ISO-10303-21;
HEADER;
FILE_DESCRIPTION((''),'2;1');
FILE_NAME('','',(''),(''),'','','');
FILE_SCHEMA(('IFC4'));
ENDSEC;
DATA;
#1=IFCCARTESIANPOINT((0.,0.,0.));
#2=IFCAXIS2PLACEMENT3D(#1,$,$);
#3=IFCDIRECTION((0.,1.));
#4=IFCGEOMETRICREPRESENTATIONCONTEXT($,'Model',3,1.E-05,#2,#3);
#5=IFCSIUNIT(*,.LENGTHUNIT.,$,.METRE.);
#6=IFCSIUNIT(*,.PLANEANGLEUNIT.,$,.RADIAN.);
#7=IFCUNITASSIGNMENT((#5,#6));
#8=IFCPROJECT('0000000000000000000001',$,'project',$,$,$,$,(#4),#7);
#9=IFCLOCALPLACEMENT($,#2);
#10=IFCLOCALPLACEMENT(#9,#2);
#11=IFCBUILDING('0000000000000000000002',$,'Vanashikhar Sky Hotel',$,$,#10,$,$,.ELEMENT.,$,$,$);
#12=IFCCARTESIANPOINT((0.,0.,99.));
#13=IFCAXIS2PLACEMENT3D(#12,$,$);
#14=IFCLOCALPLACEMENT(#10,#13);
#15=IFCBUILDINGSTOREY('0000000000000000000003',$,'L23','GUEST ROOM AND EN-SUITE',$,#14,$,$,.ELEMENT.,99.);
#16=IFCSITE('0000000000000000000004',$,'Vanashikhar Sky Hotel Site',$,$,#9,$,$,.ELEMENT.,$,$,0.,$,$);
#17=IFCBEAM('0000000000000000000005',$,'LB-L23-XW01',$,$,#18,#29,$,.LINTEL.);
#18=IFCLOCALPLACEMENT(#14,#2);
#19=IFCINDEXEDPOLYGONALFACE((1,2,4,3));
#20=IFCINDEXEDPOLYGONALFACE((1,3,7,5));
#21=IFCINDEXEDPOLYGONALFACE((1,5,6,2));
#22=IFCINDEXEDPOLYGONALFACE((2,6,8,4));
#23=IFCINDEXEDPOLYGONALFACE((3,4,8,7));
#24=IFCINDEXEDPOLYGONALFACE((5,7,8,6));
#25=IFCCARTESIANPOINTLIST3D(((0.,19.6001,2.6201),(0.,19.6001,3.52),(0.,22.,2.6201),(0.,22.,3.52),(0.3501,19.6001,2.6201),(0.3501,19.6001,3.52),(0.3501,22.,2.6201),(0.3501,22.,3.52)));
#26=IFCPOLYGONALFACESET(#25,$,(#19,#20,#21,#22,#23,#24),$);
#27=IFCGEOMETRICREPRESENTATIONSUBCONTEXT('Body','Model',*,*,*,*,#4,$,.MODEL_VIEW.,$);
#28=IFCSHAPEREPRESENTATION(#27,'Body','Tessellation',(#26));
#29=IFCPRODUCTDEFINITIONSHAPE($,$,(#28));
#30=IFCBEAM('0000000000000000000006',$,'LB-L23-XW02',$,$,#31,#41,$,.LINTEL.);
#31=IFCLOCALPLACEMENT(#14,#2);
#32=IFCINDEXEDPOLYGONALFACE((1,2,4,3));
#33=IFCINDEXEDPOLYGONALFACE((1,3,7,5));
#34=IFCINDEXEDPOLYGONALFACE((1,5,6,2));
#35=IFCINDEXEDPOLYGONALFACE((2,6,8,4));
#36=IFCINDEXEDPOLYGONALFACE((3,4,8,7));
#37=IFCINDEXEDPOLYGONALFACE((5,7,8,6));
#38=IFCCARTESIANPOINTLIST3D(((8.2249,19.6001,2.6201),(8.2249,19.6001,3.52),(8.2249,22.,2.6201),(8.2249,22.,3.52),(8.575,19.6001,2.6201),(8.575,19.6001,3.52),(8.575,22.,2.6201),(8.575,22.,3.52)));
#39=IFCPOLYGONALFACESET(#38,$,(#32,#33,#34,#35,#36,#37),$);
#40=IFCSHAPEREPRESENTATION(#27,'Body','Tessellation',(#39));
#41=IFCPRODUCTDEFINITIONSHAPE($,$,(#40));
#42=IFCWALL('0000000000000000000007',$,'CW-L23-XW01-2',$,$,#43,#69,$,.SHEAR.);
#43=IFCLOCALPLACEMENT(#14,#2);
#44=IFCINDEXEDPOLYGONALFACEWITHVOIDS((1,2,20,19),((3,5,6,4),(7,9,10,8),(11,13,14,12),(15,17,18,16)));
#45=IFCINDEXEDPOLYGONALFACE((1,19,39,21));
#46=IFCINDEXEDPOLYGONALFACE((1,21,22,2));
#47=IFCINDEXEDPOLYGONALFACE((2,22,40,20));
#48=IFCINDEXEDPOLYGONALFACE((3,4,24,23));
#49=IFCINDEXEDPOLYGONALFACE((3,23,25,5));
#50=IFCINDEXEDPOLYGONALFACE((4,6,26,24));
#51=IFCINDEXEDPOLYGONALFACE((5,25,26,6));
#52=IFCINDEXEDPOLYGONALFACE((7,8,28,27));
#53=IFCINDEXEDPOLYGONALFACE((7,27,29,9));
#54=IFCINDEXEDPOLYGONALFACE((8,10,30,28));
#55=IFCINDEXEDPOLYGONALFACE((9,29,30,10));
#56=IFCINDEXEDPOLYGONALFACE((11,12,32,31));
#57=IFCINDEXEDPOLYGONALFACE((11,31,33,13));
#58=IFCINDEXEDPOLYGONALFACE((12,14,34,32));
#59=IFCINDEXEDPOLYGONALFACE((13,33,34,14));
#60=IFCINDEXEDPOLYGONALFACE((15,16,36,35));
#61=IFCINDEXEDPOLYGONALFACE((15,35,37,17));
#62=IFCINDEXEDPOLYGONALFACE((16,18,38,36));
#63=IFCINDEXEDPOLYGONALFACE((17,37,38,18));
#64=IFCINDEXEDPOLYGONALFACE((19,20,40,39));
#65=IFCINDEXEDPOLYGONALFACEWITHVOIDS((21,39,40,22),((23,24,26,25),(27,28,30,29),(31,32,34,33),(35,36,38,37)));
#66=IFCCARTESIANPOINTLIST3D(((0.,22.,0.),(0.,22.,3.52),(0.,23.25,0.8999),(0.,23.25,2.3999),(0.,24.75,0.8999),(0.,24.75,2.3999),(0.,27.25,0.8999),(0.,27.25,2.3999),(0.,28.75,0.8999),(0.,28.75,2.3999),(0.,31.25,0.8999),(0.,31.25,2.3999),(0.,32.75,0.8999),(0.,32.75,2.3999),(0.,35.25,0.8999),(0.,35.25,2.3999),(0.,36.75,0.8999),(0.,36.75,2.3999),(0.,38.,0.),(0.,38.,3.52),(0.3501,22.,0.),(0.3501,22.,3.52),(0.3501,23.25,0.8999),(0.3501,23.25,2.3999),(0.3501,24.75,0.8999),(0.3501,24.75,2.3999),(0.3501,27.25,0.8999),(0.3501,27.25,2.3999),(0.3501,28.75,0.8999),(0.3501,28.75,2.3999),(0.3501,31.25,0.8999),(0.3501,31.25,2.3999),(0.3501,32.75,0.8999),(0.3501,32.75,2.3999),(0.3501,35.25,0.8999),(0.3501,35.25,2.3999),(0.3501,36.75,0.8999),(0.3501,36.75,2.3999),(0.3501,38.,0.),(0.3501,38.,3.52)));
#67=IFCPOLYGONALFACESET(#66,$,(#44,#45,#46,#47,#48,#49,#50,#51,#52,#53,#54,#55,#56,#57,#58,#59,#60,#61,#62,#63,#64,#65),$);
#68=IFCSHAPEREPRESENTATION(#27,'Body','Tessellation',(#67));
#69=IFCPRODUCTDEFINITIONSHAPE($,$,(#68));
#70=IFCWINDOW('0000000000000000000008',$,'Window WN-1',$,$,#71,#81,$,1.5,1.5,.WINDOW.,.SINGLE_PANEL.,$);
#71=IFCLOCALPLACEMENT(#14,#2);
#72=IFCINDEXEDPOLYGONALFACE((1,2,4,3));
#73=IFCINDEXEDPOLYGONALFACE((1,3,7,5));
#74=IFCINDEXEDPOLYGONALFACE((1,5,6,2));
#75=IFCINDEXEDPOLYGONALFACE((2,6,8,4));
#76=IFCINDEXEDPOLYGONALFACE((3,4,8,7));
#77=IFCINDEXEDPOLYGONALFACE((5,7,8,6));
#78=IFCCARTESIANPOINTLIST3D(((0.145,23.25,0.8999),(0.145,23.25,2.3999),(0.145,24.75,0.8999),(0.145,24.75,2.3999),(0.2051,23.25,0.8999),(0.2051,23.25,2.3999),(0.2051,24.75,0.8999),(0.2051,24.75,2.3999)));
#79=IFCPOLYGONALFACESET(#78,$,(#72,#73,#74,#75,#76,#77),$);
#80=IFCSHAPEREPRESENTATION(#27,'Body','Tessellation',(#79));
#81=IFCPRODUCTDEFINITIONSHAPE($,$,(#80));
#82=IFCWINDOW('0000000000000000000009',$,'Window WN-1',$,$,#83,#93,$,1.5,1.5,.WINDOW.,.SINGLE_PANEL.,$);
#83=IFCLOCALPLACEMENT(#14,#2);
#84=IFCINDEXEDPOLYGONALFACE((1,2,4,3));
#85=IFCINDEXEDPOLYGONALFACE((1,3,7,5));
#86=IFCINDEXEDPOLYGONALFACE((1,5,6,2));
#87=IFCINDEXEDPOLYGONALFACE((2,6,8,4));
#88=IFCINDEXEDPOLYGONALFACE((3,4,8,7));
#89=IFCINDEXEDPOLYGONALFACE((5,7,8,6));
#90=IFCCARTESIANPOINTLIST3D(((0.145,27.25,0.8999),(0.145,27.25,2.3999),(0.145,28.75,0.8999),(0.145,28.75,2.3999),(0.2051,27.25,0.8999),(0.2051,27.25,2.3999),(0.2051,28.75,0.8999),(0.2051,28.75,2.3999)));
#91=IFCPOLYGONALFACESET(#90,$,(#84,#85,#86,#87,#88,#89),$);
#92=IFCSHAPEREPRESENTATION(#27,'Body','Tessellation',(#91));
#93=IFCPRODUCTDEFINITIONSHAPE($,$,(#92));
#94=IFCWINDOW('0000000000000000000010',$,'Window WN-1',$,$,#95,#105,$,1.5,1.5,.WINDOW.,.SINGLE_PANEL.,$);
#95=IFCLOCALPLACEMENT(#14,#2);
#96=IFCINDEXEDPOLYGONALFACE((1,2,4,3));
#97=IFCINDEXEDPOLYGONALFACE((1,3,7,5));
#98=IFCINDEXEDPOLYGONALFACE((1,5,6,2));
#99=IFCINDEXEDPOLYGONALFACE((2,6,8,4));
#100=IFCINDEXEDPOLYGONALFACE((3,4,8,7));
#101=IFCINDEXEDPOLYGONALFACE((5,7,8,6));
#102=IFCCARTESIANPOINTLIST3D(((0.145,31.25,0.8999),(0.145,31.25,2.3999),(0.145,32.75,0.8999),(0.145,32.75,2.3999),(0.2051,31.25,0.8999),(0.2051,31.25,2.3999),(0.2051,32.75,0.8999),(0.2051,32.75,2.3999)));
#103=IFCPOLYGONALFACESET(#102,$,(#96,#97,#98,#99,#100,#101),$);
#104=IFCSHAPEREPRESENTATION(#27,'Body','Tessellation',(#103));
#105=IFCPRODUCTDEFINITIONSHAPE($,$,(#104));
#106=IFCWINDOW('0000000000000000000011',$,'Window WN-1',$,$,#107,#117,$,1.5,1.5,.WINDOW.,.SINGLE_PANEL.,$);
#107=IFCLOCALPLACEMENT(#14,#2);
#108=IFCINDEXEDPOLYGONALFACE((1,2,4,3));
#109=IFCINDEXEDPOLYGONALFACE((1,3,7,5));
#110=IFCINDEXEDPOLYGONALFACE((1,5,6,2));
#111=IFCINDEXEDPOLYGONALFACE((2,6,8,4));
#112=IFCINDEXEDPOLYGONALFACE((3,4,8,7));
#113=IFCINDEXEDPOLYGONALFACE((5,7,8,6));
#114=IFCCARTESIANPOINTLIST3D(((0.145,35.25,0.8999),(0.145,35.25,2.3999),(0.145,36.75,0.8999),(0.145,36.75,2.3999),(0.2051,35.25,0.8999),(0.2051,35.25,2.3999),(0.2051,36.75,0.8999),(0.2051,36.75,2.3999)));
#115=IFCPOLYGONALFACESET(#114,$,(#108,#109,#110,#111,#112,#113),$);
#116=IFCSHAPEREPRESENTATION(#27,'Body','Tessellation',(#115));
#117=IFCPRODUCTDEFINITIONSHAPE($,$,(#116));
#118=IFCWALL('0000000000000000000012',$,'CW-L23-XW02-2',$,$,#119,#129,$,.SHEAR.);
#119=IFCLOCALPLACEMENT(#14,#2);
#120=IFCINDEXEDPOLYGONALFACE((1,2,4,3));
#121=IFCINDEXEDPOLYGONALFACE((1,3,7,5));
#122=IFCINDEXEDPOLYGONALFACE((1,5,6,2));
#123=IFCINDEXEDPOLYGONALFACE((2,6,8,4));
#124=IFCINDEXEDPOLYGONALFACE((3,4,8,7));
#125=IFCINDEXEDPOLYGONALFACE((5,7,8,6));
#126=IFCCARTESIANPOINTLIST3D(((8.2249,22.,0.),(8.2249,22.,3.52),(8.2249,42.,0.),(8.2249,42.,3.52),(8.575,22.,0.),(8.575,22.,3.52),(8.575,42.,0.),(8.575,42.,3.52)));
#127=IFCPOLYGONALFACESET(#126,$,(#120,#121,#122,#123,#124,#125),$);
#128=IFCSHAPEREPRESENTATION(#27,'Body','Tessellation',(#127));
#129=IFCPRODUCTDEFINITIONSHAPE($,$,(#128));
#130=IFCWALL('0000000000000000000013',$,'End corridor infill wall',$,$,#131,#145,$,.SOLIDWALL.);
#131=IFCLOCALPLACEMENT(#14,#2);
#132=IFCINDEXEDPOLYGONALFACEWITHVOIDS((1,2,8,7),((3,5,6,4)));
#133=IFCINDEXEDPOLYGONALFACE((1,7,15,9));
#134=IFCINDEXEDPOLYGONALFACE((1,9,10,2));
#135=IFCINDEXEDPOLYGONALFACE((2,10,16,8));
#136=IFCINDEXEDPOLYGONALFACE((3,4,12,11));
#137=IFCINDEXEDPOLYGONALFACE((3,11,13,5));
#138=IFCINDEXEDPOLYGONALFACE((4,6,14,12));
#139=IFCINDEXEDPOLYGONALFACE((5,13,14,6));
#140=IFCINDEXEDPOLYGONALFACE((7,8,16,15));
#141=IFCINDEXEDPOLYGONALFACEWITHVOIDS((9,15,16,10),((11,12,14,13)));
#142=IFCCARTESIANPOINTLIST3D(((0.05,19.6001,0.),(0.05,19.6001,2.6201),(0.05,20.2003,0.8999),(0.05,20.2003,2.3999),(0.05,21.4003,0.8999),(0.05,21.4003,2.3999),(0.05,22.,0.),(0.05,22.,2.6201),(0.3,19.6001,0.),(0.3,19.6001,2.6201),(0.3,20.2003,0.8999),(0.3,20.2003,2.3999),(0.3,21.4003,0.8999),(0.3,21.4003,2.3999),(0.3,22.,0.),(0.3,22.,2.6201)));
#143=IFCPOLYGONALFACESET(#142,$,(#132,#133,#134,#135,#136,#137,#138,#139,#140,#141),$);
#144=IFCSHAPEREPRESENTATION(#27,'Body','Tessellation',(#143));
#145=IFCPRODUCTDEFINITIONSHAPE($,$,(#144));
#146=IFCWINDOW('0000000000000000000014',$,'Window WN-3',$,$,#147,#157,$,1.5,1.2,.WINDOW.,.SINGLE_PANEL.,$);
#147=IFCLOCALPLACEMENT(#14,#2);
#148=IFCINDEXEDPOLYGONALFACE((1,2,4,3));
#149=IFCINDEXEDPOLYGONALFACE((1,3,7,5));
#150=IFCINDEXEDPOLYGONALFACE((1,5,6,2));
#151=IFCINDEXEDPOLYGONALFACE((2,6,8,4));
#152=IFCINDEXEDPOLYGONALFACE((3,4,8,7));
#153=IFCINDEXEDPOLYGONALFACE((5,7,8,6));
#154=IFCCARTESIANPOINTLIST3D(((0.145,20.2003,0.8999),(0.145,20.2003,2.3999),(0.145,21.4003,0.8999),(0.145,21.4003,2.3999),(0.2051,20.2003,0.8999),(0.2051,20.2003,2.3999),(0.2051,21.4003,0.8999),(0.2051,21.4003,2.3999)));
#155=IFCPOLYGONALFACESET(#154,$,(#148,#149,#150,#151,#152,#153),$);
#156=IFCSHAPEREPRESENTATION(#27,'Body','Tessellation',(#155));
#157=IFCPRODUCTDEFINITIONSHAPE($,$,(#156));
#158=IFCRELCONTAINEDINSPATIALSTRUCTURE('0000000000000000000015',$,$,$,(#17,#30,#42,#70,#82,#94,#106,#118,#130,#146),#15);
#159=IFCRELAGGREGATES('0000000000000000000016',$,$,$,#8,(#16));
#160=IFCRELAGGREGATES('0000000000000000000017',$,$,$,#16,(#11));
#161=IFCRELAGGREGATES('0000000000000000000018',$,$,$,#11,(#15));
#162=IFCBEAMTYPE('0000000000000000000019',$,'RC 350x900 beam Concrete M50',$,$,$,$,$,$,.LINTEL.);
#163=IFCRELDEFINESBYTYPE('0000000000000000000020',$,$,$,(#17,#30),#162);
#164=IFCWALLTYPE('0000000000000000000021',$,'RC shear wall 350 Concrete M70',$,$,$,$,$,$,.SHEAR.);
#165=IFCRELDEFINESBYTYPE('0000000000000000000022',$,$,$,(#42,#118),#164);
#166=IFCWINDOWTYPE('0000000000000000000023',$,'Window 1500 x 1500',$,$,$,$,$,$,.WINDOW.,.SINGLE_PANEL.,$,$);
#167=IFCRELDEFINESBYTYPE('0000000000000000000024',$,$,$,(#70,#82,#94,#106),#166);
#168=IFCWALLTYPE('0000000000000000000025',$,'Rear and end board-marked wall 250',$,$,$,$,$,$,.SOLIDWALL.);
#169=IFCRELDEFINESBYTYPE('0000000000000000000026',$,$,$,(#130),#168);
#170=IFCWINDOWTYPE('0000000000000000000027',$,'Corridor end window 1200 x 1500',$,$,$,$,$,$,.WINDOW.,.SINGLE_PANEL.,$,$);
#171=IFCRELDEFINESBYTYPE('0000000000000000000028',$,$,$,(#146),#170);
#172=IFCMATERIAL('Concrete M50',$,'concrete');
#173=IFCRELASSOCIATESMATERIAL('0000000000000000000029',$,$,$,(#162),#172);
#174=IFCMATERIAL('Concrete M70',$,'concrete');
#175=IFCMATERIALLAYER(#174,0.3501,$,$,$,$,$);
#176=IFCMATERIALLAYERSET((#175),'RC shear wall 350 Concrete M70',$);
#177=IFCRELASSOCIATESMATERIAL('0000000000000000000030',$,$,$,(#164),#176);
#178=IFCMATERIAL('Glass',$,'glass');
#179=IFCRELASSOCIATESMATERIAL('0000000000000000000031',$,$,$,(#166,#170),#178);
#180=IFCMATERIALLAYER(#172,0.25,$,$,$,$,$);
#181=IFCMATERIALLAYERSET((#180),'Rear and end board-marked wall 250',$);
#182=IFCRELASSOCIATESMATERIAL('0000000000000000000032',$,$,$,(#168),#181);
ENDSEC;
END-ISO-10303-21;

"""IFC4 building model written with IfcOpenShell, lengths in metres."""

from ifc_helpers import new_model, si_unit, direction, frame, frame_2d, origin, origin_2d, place, context, subcontext, project, spatial, rectangle, extrude, source, transform, mapped, material, layer, layer_set, material_profile, profile_set, type_object, element, fill, save


model = new_model("IFC4")

# Units and contexts
model_context = context("Model", 3, precision=1e-05, world=origin(), true_north=direction((0.0, 1.0)))
body_context = subcontext(model_context, "Body", "Model", "MODEL_VIEW")
ifc_project = project(units=[si_unit("LENGTHUNIT", "METRE"), si_unit("PLANEANGLEUNIT", "RADIAN")], contexts=[model_context])

# Site, building, storey
site_placement = place(None, origin())
site = spatial("IfcSite", under=ifc_project, at=site_placement, Name="Vanashikhar Sky Hotel Site", CompositionType="ELEMENT", RefElevation=0.0)
building_placement = place(site_placement, origin())
building = spatial("IfcBuilding", under=site, at=building_placement, Name="Vanashikhar Sky Hotel", CompositionType="ELEMENT")
storey_placement = place(building_placement, frame((0.0, 0.0, 99.0)))
storey = spatial("IfcBuildingStorey", under=building, at=storey_placement, Name="L23", Description="GUEST ROOM AND EN-SUITE", CompositionType="ELEMENT", Elevation=99.0)

# Beams
ifc_material_1 = material(Name="Concrete M50", Category="concrete")
ifc_material_profile = material_profile(ifc_material_1, rectangle(XDim=0.3501, YDim=0.8999, at=origin_2d()))
ifc_profile_set = profile_set([ifc_material_profile], Name="RC 350x900 beam Concrete M50")
beam_type = type_object("IfcBeamType", Name="RC 350x900 beam Concrete M50", PredefinedType="LINTEL", material=ifc_profile_set)
shared_shape_1 = source(origin(), body_context, "Body", "SweptSolid", [
    extrude(rectangle(XDim=0.3501, YDim=0.8999, at=origin_2d()), origin(), (0.0, 0.0, 1.0), 2.3999),
])
for number, where, z_axis, x_axis, name in (
    (1, (0.175, 19.6001, 3.0701), (0.0, 1.0, 0.0), (-1.0, 0.0, 0.0), "LB-L23-XW01"),
    (2, (8.3999, 19.6001, 3.0701), (0.0, 1.0, 0.0), (-1.0, 0.0, 0.0), "LB-L23-XW02"),
):
    element("IfcBeam", number, at=place(storey_placement, frame(where, z_axis=z_axis, x_axis=x_axis)), inside=storey, type_object=beam_type, Name=name, PredefinedType="LINTEL", context=body_context, shape_type="MappedRepresentation", body=[
        mapped(shared_shape_1, transform((0.0, 0.0, 0.0), scale=1.0)),
    ])

# Wall, openings, windows
ifc_material_2 = material(Name="Concrete M70", Category="concrete")
ifc_layer_1 = layer(ifc_material_2, 0.3501)
ifc_layer_set_1 = layer_set([ifc_layer_1], Name="RC shear wall 350 Concrete M70")
wall_type_1 = type_object("IfcWallType", Name="RC shear wall 350 Concrete M70", PredefinedType="SHEAR", material=ifc_layer_set_1)
shared_shape_2 = source(origin(), body_context, "Body", "SweptSolid", [
    extrude(rectangle(XDim=16.0, YDim=0.3501, at=frame_2d((8.0, 0.0))), origin(), (0.0, 0.0, 1.0), 3.52),
])
wall_1_placement = place(storey_placement, frame((0.175, 22.0, 0.0), z_axis=(0.0, 0.0, 1.0), x_axis=(0.0, 1.0, 0.0)))
wall_1 = element("IfcWall", 3, at=wall_1_placement, inside=storey, type_object=wall_type_1, Name="CW-L23-XW01-2", PredefinedType="SHEAR", context=body_context, shape_type="MappedRepresentation", body=[
    mapped(shared_shape_2, transform((0.0, 0.0, 0.0), scale=1.0)),
])
shared_shape_3 = source(origin(), body_context, "Body", "SweptSolid", [
    extrude(rectangle(XDim=1.5, YDim=1.5, at=frame_2d((0.75, 0.75))), frame((0.0, 0.1851, 0.0), z_axis=(0.0, -1.0, 0.0), x_axis=(1.0, 0.0, 0.0)), (0.0, 0.0, 1.0), 0.3701),
])
opening_1_placement = place(wall_1_placement, frame((1.25, 0.0, 0.8999)))
opening_1 = element("IfcOpeningElement", 4, at=opening_1_placement, cuts=wall_1, PredefinedType="OPENING", context=body_context, shape_type="MappedRepresentation", body=[
    mapped(shared_shape_3, transform((0.0, 0.0, 0.0), scale=1.0)),
])
opening_2_placement = place(wall_1_placement, frame((5.25, 0.0, 0.8999)))
opening_2 = element("IfcOpeningElement", 5, at=opening_2_placement, cuts=wall_1, PredefinedType="OPENING", context=body_context, shape_type="MappedRepresentation", body=[
    mapped(shared_shape_3, transform((0.0, 0.0, 0.0), scale=1.0)),
])
opening_3_placement = place(wall_1_placement, frame((9.25, 0.0, 0.8999)))
opening_3 = element("IfcOpeningElement", 6, at=opening_3_placement, cuts=wall_1, PredefinedType="OPENING", context=body_context, shape_type="MappedRepresentation", body=[
    mapped(shared_shape_3, transform((0.0, 0.0, 0.0), scale=1.0)),
])
opening_4_placement = place(wall_1_placement, frame((13.25, 0.0, 0.8999)))
opening_4 = element("IfcOpeningElement", 7, at=opening_4_placement, cuts=wall_1, PredefinedType="OPENING", context=body_context, shape_type="MappedRepresentation", body=[
    mapped(shared_shape_3, transform((0.0, 0.0, 0.0), scale=1.0)),
])
ifc_material_3 = material(Name="Glass", Category="glass")
window_type_1 = type_object("IfcWindowType", Name="Window 1500 x 1500", PartitioningType="SINGLE_PANEL", PredefinedType="WINDOW", material=ifc_material_3)
shared_shape_4 = source(origin(), body_context, "Body", "SweptSolid", [
    extrude(rectangle(XDim=1.5, YDim=1.5, at=frame_2d((0.75, 0.75))), frame((0.0, 0.03, 0.0), z_axis=(0.0, -1.0, 0.0), x_axis=(1.0, 0.0, 0.0)), (0.0, 0.0, 1.0), 0.0601),
])
window_1_placement = place(opening_1_placement, origin())
window_1 = element("IfcWindow", 8, at=window_1_placement, inside=storey, type_object=window_type_1, Name="Window WN-1", OverallHeight=1.5, OverallWidth=1.5, PartitioningType="SINGLE_PANEL", PredefinedType="WINDOW", context=body_context, shape_type="MappedRepresentation", body=[
    mapped(shared_shape_4, transform((0.0, 0.0, 0.0), scale=1.0)),
])
fill(opening_1, window_1)
window_2_placement = place(opening_2_placement, origin())
window_2 = element("IfcWindow", 9, at=window_2_placement, inside=storey, type_object=window_type_1, Name="Window WN-1", OverallHeight=1.5, OverallWidth=1.5, PartitioningType="SINGLE_PANEL", PredefinedType="WINDOW", context=body_context, shape_type="MappedRepresentation", body=[
    mapped(shared_shape_4, transform((0.0, 0.0, 0.0), scale=1.0)),
])
fill(opening_2, window_2)
window_3_placement = place(opening_3_placement, origin())
window_3 = element("IfcWindow", 10, at=window_3_placement, inside=storey, type_object=window_type_1, Name="Window WN-1", OverallHeight=1.5, OverallWidth=1.5, PartitioningType="SINGLE_PANEL", PredefinedType="WINDOW", context=body_context, shape_type="MappedRepresentation", body=[
    mapped(shared_shape_4, transform((0.0, 0.0, 0.0), scale=1.0)),
])
fill(opening_3, window_3)
window_4_placement = place(opening_4_placement, origin())
window_4 = element("IfcWindow", 11, at=window_4_placement, inside=storey, type_object=window_type_1, Name="Window WN-1", OverallHeight=1.5, OverallWidth=1.5, PartitioningType="SINGLE_PANEL", PredefinedType="WINDOW", context=body_context, shape_type="MappedRepresentation", body=[
    mapped(shared_shape_4, transform((0.0, 0.0, 0.0), scale=1.0)),
])
fill(opening_4, window_4)

# Wall
shared_shape_5 = source(origin(), body_context, "Body", "SweptSolid", [
    extrude(rectangle(XDim=20.0, YDim=0.3501, at=frame_2d((10.0, 0.0))), origin(), (0.0, 0.0, 1.0), 3.52),
])
wall_2_placement = place(storey_placement, frame((8.3999, 22.0, 0.0), z_axis=(0.0, 0.0, 1.0), x_axis=(0.0, 1.0, 0.0)))
element("IfcWall", 12, at=wall_2_placement, inside=storey, type_object=wall_type_1, Name="CW-L23-XW02-2", PredefinedType="SHEAR", context=body_context, shape_type="MappedRepresentation", body=[
    mapped(shared_shape_5, transform((0.0, 0.0, 0.0), scale=1.0)),
])

# Wall, opening, window
ifc_layer_2 = layer(ifc_material_1, 0.25)
ifc_layer_set_2 = layer_set([ifc_layer_2], Name="Rear and end board-marked wall 250")
wall_type_2 = type_object("IfcWallType", Name="Rear and end board-marked wall 250", PredefinedType="SOLIDWALL", material=ifc_layer_set_2)
shared_shape_6 = source(origin(), body_context, "Body", "SweptSolid", [
    extrude(rectangle(XDim=2.3999, YDim=0.25, at=frame_2d((1.2, 0.0))), origin(), (0.0, 0.0, 1.0), 2.6201),
])
wall_3_placement = place(storey_placement, frame((0.175, 19.6001, 0.0), z_axis=(0.0, 0.0, 1.0), x_axis=(0.0, 1.0, 0.0)))
wall_3 = element("IfcWall", 13, at=wall_3_placement, inside=storey, type_object=wall_type_2, Name="End corridor infill wall", PredefinedType="SOLIDWALL", context=body_context, shape_type="MappedRepresentation", body=[
    mapped(shared_shape_6, transform((0.0, 0.0, 0.0), scale=1.0)),
])
shared_shape_7 = source(origin(), body_context, "Body", "SweptSolid", [
    extrude(rectangle(XDim=1.2, YDim=1.5, at=frame_2d((0.6001, 0.75))), frame((0.0, 0.135, 0.0), z_axis=(0.0, -1.0, 0.0), x_axis=(1.0, 0.0, 0.0)), (0.0, 0.0, 1.0), 0.27),
])
opening_5_placement = place(wall_3_placement, frame((0.6001, 0.0, 0.8999)))
opening_5 = element("IfcOpeningElement", 14, at=opening_5_placement, cuts=wall_3, PredefinedType="OPENING", context=body_context, shape_type="MappedRepresentation", body=[
    mapped(shared_shape_7, transform((0.0, 0.0, 0.0), scale=1.0)),
])
window_type_2 = type_object("IfcWindowType", Name="Corridor end window 1200 x 1500", PartitioningType="SINGLE_PANEL", PredefinedType="WINDOW", material=ifc_material_3)
shared_shape_8 = source(origin(), body_context, "Body", "SweptSolid", [
    extrude(rectangle(XDim=1.2, YDim=1.5, at=frame_2d((0.6001, 0.75))), frame((0.0, 0.03, 0.0), z_axis=(0.0, -1.0, 0.0), x_axis=(1.0, 0.0, 0.0)), (0.0, 0.0, 1.0), 0.0601),
])
window_5_placement = place(opening_5_placement, origin())
window_5 = element("IfcWindow", 15, at=window_5_placement, inside=storey, type_object=window_type_2, Name="Window WN-3", OverallHeight=1.5, OverallWidth=1.2, PartitioningType="SINGLE_PANEL", PredefinedType="WINDOW", context=body_context, shape_type="MappedRepresentation", body=[
    mapped(shared_shape_8, transform((0.0, 0.0, 0.0), scale=1.0)),
])
fill(opening_5, window_5)

save(model, "model.ifc")
